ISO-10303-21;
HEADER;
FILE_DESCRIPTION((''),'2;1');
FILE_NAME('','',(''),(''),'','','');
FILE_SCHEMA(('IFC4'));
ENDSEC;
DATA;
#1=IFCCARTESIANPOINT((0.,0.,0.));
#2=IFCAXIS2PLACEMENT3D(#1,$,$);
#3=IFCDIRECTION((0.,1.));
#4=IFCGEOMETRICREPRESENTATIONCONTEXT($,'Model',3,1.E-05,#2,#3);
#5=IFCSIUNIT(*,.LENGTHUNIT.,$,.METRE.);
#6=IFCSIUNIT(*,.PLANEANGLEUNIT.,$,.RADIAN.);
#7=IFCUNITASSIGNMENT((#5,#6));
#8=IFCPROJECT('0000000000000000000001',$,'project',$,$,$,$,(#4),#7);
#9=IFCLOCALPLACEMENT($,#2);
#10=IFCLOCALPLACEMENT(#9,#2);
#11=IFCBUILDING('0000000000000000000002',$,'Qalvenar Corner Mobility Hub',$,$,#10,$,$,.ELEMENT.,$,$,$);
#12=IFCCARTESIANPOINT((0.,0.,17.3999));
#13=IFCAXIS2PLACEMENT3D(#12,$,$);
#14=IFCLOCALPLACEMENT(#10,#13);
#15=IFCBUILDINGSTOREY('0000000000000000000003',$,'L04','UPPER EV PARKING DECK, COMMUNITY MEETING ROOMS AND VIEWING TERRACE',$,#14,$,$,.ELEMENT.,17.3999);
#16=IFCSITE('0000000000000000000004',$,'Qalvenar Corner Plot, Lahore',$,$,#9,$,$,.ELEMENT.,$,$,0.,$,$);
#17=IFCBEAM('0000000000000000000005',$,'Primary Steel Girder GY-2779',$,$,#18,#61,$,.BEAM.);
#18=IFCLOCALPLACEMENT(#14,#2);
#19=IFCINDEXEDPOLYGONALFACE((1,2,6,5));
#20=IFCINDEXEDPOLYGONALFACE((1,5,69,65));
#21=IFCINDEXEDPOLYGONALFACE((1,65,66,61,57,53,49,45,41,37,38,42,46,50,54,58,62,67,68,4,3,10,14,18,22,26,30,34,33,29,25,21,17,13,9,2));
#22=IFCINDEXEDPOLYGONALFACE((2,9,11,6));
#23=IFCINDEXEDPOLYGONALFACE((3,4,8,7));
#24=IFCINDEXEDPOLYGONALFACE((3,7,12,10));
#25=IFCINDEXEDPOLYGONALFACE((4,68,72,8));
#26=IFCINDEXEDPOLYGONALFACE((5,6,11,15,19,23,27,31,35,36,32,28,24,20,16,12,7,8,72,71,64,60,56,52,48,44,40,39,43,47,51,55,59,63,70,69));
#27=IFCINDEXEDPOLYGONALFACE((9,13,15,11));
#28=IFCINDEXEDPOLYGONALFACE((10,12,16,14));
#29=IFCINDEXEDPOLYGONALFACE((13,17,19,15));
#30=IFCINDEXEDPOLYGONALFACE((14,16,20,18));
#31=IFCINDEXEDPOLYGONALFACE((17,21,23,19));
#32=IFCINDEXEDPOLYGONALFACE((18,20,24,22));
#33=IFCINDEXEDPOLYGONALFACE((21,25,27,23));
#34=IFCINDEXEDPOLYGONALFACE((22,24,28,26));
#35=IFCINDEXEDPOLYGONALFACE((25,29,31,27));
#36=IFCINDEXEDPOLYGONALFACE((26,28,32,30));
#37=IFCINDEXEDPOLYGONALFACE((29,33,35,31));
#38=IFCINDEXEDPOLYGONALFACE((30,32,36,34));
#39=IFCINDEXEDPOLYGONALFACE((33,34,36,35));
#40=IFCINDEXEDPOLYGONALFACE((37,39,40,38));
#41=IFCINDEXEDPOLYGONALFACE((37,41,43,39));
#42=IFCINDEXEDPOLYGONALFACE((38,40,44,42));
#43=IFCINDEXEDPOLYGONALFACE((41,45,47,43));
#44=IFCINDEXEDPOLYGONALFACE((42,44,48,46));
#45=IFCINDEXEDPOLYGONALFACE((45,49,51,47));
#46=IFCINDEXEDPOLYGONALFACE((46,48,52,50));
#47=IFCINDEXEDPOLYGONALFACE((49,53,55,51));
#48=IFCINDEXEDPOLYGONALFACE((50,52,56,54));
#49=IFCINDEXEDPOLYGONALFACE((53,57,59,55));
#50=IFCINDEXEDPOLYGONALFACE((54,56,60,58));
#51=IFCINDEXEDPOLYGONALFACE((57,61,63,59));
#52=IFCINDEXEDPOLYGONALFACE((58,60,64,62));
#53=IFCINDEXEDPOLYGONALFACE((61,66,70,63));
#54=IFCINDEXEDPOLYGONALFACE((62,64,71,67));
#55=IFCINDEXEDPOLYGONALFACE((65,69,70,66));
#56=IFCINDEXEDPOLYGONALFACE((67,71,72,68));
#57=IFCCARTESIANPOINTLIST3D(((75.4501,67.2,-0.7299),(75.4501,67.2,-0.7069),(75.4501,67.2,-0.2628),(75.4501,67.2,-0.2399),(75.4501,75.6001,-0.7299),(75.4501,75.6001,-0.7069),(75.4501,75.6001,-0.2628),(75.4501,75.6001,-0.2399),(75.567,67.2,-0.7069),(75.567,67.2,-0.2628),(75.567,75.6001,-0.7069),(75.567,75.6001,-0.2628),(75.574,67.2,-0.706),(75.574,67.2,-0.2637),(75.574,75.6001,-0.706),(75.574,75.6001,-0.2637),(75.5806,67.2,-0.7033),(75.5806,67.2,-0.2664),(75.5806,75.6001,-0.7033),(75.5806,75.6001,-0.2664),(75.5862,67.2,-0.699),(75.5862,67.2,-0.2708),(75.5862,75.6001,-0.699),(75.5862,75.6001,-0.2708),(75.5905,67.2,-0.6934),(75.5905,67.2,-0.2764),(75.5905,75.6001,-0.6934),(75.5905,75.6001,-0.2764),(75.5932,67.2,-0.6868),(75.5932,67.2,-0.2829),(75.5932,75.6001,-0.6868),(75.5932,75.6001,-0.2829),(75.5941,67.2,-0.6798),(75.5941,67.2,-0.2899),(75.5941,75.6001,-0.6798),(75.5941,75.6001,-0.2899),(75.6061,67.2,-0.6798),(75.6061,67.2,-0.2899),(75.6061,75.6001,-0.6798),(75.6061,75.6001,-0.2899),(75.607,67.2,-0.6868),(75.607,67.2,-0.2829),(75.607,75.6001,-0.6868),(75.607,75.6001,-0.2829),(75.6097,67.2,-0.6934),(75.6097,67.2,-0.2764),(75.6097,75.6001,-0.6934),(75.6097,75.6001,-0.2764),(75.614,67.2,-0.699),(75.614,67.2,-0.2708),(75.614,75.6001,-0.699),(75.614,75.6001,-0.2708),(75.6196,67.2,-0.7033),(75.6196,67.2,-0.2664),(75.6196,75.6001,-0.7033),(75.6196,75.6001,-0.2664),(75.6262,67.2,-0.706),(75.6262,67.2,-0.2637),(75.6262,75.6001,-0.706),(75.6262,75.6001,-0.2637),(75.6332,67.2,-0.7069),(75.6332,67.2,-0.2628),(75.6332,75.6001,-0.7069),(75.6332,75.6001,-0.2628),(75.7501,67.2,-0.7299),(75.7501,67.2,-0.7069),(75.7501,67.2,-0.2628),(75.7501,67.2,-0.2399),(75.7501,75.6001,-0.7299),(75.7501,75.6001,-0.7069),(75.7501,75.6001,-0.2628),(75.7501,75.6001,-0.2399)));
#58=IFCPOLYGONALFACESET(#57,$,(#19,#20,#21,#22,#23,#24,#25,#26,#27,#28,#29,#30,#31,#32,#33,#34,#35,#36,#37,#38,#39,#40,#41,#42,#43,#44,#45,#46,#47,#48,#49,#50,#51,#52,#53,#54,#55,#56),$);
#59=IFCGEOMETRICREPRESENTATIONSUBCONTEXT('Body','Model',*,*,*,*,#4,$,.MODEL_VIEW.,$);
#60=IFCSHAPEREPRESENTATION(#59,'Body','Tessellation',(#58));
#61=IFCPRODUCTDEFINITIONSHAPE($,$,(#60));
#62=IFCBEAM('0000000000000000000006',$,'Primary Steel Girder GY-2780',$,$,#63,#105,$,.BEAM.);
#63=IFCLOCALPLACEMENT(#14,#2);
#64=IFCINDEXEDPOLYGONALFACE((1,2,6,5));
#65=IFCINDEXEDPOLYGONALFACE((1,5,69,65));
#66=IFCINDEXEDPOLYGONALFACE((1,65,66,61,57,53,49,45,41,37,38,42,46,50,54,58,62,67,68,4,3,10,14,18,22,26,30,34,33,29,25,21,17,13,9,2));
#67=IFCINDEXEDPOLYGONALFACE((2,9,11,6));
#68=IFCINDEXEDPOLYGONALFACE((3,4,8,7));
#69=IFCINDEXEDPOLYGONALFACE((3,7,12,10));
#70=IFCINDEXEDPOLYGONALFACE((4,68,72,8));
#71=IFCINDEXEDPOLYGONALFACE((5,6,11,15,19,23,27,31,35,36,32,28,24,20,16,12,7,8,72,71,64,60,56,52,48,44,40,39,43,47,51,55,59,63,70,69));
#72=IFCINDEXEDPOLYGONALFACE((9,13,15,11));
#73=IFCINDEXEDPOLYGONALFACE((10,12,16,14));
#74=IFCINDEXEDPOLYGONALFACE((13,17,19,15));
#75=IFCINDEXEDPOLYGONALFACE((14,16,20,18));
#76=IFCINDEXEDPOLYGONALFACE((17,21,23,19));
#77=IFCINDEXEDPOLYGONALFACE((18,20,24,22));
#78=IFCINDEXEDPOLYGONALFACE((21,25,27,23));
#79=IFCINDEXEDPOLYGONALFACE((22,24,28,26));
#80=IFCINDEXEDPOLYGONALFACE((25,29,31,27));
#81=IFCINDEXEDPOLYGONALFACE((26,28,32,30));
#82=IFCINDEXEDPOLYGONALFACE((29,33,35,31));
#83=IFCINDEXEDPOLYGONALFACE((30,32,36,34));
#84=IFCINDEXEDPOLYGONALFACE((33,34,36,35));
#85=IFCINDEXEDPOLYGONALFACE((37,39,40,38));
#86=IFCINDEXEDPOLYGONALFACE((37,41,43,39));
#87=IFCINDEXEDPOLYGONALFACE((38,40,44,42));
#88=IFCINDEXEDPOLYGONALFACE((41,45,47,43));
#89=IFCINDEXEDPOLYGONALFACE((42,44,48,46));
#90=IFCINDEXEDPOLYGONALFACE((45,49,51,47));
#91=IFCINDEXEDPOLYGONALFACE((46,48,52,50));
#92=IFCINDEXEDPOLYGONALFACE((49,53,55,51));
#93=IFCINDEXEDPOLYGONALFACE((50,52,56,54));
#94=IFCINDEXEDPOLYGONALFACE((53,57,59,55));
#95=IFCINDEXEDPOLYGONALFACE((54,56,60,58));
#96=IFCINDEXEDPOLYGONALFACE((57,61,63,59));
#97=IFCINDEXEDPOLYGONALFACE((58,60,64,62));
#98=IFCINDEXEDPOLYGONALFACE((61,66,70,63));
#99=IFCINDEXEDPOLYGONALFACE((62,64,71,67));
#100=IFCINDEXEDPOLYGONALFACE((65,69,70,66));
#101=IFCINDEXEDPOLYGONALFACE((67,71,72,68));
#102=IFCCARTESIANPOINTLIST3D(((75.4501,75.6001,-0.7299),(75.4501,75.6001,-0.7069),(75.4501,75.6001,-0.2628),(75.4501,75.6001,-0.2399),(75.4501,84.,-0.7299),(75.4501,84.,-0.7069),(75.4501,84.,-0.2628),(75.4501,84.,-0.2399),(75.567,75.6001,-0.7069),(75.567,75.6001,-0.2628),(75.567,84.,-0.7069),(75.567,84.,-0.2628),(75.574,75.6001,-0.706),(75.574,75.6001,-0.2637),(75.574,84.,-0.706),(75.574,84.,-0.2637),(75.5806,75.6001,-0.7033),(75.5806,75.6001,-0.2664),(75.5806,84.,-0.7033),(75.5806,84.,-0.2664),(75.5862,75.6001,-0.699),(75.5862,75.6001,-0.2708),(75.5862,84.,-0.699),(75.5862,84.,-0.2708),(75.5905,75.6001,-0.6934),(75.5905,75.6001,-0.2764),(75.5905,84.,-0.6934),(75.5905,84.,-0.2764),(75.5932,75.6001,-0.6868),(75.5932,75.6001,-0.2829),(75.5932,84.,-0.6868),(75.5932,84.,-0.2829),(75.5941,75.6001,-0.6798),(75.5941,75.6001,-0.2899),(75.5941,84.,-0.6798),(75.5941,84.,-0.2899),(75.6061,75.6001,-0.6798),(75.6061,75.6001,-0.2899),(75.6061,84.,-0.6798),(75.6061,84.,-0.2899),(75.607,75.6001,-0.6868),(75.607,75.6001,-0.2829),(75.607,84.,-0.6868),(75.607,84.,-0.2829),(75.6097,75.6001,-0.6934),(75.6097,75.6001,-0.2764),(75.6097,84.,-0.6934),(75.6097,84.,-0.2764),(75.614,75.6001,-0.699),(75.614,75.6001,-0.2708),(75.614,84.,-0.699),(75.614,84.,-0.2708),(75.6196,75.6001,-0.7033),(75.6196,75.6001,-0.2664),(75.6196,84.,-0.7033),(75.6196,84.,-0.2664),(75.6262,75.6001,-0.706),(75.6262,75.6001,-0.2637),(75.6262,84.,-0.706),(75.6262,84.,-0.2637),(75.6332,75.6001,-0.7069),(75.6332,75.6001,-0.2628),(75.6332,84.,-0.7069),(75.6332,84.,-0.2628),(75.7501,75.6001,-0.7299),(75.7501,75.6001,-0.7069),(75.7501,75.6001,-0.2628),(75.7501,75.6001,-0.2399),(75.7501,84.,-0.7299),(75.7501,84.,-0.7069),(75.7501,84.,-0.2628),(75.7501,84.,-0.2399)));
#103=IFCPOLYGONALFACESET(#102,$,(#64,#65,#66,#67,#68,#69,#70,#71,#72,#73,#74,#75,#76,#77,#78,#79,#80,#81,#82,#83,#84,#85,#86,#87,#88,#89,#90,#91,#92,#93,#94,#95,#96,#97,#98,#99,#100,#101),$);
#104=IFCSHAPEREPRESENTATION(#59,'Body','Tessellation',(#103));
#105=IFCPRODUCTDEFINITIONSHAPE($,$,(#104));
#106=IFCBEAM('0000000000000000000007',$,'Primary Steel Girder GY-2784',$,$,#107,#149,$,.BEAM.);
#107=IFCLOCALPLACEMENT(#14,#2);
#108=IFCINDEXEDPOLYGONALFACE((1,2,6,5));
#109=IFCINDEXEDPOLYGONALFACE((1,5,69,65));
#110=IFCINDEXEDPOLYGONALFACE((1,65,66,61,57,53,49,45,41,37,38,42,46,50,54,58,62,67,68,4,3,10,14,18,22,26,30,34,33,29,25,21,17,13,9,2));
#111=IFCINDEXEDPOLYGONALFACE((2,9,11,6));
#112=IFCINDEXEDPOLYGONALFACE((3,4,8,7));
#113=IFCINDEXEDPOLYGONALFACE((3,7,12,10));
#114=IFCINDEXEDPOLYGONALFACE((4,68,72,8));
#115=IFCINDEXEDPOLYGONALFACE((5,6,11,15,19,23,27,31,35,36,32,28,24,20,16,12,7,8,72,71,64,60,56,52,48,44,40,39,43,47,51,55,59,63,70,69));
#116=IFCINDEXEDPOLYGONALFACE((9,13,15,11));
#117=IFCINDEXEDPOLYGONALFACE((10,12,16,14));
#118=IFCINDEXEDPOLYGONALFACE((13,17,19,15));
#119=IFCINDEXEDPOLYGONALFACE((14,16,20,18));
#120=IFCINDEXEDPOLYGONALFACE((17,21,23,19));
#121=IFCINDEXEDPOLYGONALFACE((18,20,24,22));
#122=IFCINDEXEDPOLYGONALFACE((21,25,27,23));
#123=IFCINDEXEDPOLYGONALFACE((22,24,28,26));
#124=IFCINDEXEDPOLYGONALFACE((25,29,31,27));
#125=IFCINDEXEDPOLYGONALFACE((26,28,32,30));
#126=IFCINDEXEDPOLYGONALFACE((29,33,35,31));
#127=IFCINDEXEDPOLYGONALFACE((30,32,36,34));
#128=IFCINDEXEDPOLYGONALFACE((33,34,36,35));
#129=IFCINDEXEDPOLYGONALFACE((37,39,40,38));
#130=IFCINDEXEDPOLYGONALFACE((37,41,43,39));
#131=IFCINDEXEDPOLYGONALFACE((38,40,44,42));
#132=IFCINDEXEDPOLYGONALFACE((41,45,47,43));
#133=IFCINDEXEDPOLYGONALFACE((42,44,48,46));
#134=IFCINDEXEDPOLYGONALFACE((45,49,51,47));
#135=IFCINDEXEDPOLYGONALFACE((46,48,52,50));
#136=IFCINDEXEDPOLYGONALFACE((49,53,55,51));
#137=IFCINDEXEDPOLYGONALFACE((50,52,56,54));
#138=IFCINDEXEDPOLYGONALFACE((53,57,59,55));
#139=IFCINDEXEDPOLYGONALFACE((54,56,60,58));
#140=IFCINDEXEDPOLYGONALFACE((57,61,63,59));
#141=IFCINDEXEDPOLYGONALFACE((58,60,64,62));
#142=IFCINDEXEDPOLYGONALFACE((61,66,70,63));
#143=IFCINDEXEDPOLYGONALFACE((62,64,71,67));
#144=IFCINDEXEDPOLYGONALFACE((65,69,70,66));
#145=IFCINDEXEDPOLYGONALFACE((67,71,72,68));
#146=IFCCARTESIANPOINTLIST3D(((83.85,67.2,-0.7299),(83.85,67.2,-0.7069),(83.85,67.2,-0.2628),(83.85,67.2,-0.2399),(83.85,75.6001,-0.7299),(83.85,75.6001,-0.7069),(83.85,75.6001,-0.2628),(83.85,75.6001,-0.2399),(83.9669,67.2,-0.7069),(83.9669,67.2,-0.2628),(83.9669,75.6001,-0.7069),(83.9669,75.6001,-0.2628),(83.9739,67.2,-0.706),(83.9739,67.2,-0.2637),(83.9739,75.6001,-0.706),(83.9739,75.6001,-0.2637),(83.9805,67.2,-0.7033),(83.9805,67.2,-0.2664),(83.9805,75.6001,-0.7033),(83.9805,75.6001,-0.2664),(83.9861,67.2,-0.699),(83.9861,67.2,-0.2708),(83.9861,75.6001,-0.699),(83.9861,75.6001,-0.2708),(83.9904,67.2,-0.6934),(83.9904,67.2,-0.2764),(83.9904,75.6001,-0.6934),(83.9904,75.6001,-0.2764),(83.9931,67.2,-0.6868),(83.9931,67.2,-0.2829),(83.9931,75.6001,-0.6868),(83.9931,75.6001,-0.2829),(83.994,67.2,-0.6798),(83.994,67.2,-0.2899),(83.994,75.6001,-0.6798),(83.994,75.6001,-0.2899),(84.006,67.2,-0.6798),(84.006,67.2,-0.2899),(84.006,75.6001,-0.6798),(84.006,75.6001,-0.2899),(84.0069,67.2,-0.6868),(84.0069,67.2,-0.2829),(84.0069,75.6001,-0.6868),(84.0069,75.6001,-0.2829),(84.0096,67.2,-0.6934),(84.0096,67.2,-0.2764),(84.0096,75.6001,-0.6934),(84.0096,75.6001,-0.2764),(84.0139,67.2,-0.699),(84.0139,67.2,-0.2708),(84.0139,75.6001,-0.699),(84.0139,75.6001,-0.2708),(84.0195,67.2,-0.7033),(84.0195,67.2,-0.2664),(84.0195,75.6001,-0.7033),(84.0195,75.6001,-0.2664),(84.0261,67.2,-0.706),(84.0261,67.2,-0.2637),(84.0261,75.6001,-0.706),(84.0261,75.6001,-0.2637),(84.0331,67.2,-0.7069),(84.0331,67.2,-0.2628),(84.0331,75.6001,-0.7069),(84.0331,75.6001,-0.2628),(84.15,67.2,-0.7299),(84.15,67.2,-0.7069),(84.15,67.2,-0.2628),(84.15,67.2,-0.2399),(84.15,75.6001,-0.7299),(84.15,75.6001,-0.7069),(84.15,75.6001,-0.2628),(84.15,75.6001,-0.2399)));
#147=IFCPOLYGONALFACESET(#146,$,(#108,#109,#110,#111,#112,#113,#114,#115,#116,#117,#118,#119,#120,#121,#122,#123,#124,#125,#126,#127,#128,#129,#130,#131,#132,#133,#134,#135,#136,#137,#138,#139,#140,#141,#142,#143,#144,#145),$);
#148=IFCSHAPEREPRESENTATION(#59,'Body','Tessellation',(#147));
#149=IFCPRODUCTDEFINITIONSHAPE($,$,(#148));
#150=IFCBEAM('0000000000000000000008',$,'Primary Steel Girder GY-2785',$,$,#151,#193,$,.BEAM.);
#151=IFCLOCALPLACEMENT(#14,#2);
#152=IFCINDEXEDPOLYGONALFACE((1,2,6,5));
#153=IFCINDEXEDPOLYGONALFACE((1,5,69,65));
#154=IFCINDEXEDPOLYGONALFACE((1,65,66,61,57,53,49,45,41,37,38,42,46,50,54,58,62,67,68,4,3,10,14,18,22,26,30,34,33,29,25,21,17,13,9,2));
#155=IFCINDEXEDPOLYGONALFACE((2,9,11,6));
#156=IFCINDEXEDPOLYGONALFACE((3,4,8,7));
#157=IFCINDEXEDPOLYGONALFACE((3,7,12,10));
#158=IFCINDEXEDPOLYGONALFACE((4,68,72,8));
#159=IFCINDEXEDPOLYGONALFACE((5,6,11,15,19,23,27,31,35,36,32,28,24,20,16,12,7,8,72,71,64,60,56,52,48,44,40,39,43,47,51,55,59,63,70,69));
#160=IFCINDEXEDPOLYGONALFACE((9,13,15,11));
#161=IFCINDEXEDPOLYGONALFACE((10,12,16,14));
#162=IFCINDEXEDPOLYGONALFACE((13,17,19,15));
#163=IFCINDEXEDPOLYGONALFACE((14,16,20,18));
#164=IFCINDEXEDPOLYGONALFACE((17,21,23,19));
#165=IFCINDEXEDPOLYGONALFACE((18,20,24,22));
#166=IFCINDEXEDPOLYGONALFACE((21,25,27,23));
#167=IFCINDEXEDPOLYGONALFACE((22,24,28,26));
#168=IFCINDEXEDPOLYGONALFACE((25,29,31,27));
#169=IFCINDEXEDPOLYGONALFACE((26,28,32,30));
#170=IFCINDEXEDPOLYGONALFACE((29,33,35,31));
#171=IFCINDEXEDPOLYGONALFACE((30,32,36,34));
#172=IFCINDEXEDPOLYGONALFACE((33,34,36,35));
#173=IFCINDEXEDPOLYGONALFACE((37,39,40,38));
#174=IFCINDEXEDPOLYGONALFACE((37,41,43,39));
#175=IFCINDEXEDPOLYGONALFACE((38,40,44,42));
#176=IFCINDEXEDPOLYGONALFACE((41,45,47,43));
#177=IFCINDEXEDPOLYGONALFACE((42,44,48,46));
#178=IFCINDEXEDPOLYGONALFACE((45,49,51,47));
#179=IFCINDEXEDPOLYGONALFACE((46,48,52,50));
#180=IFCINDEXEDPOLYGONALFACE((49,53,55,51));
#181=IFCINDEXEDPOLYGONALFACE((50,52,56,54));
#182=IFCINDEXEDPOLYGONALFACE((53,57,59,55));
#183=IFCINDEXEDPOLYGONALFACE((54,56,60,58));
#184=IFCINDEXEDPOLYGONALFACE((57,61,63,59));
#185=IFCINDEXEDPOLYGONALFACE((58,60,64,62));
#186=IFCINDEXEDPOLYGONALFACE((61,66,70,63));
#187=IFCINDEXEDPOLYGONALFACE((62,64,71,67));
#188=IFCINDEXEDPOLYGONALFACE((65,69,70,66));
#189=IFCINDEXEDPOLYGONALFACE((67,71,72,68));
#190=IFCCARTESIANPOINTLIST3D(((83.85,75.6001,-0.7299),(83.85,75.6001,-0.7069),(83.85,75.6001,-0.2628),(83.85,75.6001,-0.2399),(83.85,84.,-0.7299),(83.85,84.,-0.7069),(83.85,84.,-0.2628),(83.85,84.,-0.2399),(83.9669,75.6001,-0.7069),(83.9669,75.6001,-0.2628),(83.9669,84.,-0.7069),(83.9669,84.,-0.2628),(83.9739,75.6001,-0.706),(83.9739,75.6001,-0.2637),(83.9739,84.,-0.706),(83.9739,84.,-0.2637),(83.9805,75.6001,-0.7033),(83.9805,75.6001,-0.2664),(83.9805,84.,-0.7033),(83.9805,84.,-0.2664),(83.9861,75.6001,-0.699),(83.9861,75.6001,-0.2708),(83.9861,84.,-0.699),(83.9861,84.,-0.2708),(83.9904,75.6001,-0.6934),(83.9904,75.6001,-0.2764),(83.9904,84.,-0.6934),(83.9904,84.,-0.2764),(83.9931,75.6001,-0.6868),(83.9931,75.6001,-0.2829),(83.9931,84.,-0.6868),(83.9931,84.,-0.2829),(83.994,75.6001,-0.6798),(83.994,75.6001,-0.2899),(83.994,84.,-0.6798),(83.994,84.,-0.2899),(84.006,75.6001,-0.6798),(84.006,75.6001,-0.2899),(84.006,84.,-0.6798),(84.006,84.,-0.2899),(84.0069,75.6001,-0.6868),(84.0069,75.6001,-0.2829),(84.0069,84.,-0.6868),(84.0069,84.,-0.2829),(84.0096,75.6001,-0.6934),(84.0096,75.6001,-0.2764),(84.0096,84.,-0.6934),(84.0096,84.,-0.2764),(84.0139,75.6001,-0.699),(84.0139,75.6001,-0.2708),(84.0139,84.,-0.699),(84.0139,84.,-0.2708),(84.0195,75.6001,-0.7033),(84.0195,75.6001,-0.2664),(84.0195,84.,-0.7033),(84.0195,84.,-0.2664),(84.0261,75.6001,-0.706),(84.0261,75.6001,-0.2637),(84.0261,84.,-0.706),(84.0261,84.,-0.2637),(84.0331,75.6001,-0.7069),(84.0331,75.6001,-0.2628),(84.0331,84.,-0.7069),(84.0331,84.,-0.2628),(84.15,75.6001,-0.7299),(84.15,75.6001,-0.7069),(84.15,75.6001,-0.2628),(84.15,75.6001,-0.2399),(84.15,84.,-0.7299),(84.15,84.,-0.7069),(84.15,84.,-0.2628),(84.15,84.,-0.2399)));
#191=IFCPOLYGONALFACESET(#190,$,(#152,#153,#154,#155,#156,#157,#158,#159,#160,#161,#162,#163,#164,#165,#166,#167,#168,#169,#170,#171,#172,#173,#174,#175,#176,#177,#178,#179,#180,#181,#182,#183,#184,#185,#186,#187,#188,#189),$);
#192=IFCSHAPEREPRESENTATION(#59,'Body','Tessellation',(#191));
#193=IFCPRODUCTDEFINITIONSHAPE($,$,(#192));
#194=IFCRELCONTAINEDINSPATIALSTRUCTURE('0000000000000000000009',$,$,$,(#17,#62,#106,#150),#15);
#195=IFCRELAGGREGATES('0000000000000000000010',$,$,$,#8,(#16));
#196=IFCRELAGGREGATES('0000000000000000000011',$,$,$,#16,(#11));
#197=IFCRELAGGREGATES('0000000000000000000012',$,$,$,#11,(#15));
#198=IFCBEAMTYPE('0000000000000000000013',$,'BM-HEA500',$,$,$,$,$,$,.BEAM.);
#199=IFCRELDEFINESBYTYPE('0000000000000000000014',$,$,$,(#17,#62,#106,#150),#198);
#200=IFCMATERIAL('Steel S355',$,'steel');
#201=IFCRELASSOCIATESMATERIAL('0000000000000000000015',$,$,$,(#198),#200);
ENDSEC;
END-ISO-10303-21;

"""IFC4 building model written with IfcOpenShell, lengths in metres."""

from ifc_helpers import new_model, si_unit, direction, frame, origin, origin_2d, place, context, subcontext, project, spatial, i_section, extrude, material, material_profile, profile_set, type_object, element, save


model = new_model("IFC4")

# Units and contexts
model_context = context("Model", 3, precision=1e-05, world=origin(), true_north=direction((0.0, 1.0)))
body_context = subcontext(model_context, "Body", "Model", "MODEL_VIEW")
ifc_project = project(units=[si_unit("LENGTHUNIT", "METRE"), si_unit("PLANEANGLEUNIT", "RADIAN")], contexts=[model_context])

# Site, building, storey
site_placement = place(None, origin())
site = spatial("IfcSite", under=ifc_project, at=site_placement, Name="Qalvenar Corner Plot, Lahore", CompositionType="ELEMENT", RefElevation=0.0)
building_placement = place(site_placement, origin())
building = spatial("IfcBuilding", under=site, at=building_placement, Name="Qalvenar Corner Mobility Hub", CompositionType="ELEMENT")
storey_placement = place(building_placement, frame((0.0, 0.0, 17.3999)))
storey = spatial("IfcBuildingStorey", under=building, at=storey_placement, Name="L04", Description="UPPER EV PARKING DECK, COMMUNITY MEETING ROOMS AND VIEWING TERRACE", CompositionType="ELEMENT", Elevation=17.3999)

# Shared definitions
ifc_material = material(Name="Steel S355", Category="steel")

# Beams
ifc_material_profile_1 = material_profile(ifc_material, i_section(OverallWidth=0.3, OverallDepth=0.49, WebThickness=0.012, FlangeThickness=0.0229, FilletRadius=0.0271, at=origin_2d()), Name="HEA500")
ifc_profile_set_1 = profile_set([ifc_material_profile_1], Name="Steel S355")
beam_type_1 = type_object("IfcBeamType", Name="BM-HEA500", PredefinedType="BEAM", material=ifc_profile_set_1)
beam_1_placement = place(storey_placement, frame((75.6001, 67.2, -0.4849), z_axis=(0.0, 1.0, 0.0), x_axis=(-1.0, 0.0, 0.0)))
element("IfcBeam", 1, at=beam_1_placement, inside=storey, type_object=beam_type_1, Name="Primary Steel Girder GY-2779", PredefinedType="BEAM", context=body_context, shape_type="SweptSolid", body=[
    extrude(i_section(OverallWidth=0.3, OverallDepth=0.49, WebThickness=0.012, FlangeThickness=0.0229, FilletRadius=0.0271, at=origin_2d()), origin(), (0.0, 0.0, 1.0), 8.4001),
])
beam_2_placement = place(storey_placement, frame((75.6001, 75.6001, -0.4849), z_axis=(0.0, 1.0, 0.0), x_axis=(-1.0, 0.0, 0.0)))
element("IfcBeam", 2, at=beam_2_placement, inside=storey, type_object=beam_type_1, Name="Primary Steel Girder GY-2780", PredefinedType="BEAM", context=body_context, shape_type="SweptSolid", body=[
    extrude(i_section(OverallWidth=0.3, OverallDepth=0.49, WebThickness=0.012, FlangeThickness=0.0229, FilletRadius=0.0271, at=origin_2d()), origin(), (0.0, 0.0, 1.0), 8.3999),
])
beam_3_placement = place(storey_placement, frame((84.0, 67.2, -0.4849), z_axis=(0.0, 1.0, 0.0), x_axis=(-1.0, 0.0, 0.0)))
element("IfcBeam", 3, at=beam_3_placement, inside=storey, type_object=beam_type_1, Name="Primary Steel Girder GY-2784", PredefinedType="BEAM", context=body_context, shape_type="SweptSolid", body=[
    extrude(i_section(OverallWidth=0.3, OverallDepth=0.49, WebThickness=0.012, FlangeThickness=0.0229, FilletRadius=0.0271, at=origin_2d()), origin(), (0.0, 0.0, 1.0), 8.4001),
])
beam_4_placement = place(storey_placement, frame((84.0, 75.6001, -0.4849), z_axis=(0.0, 1.0, 0.0), x_axis=(-1.0, 0.0, 0.0)))
element("IfcBeam", 4, at=beam_4_placement, inside=storey, type_object=beam_type_1, Name="Primary Steel Girder GY-2785", PredefinedType="BEAM", context=body_context, shape_type="SweptSolid", body=[
    extrude(i_section(OverallWidth=0.3, OverallDepth=0.49, WebThickness=0.012, FlangeThickness=0.0229, FilletRadius=0.0271, at=origin_2d()), origin(), (0.0, 0.0, 1.0), 8.3999),
])

save(model, "model.ifc")
